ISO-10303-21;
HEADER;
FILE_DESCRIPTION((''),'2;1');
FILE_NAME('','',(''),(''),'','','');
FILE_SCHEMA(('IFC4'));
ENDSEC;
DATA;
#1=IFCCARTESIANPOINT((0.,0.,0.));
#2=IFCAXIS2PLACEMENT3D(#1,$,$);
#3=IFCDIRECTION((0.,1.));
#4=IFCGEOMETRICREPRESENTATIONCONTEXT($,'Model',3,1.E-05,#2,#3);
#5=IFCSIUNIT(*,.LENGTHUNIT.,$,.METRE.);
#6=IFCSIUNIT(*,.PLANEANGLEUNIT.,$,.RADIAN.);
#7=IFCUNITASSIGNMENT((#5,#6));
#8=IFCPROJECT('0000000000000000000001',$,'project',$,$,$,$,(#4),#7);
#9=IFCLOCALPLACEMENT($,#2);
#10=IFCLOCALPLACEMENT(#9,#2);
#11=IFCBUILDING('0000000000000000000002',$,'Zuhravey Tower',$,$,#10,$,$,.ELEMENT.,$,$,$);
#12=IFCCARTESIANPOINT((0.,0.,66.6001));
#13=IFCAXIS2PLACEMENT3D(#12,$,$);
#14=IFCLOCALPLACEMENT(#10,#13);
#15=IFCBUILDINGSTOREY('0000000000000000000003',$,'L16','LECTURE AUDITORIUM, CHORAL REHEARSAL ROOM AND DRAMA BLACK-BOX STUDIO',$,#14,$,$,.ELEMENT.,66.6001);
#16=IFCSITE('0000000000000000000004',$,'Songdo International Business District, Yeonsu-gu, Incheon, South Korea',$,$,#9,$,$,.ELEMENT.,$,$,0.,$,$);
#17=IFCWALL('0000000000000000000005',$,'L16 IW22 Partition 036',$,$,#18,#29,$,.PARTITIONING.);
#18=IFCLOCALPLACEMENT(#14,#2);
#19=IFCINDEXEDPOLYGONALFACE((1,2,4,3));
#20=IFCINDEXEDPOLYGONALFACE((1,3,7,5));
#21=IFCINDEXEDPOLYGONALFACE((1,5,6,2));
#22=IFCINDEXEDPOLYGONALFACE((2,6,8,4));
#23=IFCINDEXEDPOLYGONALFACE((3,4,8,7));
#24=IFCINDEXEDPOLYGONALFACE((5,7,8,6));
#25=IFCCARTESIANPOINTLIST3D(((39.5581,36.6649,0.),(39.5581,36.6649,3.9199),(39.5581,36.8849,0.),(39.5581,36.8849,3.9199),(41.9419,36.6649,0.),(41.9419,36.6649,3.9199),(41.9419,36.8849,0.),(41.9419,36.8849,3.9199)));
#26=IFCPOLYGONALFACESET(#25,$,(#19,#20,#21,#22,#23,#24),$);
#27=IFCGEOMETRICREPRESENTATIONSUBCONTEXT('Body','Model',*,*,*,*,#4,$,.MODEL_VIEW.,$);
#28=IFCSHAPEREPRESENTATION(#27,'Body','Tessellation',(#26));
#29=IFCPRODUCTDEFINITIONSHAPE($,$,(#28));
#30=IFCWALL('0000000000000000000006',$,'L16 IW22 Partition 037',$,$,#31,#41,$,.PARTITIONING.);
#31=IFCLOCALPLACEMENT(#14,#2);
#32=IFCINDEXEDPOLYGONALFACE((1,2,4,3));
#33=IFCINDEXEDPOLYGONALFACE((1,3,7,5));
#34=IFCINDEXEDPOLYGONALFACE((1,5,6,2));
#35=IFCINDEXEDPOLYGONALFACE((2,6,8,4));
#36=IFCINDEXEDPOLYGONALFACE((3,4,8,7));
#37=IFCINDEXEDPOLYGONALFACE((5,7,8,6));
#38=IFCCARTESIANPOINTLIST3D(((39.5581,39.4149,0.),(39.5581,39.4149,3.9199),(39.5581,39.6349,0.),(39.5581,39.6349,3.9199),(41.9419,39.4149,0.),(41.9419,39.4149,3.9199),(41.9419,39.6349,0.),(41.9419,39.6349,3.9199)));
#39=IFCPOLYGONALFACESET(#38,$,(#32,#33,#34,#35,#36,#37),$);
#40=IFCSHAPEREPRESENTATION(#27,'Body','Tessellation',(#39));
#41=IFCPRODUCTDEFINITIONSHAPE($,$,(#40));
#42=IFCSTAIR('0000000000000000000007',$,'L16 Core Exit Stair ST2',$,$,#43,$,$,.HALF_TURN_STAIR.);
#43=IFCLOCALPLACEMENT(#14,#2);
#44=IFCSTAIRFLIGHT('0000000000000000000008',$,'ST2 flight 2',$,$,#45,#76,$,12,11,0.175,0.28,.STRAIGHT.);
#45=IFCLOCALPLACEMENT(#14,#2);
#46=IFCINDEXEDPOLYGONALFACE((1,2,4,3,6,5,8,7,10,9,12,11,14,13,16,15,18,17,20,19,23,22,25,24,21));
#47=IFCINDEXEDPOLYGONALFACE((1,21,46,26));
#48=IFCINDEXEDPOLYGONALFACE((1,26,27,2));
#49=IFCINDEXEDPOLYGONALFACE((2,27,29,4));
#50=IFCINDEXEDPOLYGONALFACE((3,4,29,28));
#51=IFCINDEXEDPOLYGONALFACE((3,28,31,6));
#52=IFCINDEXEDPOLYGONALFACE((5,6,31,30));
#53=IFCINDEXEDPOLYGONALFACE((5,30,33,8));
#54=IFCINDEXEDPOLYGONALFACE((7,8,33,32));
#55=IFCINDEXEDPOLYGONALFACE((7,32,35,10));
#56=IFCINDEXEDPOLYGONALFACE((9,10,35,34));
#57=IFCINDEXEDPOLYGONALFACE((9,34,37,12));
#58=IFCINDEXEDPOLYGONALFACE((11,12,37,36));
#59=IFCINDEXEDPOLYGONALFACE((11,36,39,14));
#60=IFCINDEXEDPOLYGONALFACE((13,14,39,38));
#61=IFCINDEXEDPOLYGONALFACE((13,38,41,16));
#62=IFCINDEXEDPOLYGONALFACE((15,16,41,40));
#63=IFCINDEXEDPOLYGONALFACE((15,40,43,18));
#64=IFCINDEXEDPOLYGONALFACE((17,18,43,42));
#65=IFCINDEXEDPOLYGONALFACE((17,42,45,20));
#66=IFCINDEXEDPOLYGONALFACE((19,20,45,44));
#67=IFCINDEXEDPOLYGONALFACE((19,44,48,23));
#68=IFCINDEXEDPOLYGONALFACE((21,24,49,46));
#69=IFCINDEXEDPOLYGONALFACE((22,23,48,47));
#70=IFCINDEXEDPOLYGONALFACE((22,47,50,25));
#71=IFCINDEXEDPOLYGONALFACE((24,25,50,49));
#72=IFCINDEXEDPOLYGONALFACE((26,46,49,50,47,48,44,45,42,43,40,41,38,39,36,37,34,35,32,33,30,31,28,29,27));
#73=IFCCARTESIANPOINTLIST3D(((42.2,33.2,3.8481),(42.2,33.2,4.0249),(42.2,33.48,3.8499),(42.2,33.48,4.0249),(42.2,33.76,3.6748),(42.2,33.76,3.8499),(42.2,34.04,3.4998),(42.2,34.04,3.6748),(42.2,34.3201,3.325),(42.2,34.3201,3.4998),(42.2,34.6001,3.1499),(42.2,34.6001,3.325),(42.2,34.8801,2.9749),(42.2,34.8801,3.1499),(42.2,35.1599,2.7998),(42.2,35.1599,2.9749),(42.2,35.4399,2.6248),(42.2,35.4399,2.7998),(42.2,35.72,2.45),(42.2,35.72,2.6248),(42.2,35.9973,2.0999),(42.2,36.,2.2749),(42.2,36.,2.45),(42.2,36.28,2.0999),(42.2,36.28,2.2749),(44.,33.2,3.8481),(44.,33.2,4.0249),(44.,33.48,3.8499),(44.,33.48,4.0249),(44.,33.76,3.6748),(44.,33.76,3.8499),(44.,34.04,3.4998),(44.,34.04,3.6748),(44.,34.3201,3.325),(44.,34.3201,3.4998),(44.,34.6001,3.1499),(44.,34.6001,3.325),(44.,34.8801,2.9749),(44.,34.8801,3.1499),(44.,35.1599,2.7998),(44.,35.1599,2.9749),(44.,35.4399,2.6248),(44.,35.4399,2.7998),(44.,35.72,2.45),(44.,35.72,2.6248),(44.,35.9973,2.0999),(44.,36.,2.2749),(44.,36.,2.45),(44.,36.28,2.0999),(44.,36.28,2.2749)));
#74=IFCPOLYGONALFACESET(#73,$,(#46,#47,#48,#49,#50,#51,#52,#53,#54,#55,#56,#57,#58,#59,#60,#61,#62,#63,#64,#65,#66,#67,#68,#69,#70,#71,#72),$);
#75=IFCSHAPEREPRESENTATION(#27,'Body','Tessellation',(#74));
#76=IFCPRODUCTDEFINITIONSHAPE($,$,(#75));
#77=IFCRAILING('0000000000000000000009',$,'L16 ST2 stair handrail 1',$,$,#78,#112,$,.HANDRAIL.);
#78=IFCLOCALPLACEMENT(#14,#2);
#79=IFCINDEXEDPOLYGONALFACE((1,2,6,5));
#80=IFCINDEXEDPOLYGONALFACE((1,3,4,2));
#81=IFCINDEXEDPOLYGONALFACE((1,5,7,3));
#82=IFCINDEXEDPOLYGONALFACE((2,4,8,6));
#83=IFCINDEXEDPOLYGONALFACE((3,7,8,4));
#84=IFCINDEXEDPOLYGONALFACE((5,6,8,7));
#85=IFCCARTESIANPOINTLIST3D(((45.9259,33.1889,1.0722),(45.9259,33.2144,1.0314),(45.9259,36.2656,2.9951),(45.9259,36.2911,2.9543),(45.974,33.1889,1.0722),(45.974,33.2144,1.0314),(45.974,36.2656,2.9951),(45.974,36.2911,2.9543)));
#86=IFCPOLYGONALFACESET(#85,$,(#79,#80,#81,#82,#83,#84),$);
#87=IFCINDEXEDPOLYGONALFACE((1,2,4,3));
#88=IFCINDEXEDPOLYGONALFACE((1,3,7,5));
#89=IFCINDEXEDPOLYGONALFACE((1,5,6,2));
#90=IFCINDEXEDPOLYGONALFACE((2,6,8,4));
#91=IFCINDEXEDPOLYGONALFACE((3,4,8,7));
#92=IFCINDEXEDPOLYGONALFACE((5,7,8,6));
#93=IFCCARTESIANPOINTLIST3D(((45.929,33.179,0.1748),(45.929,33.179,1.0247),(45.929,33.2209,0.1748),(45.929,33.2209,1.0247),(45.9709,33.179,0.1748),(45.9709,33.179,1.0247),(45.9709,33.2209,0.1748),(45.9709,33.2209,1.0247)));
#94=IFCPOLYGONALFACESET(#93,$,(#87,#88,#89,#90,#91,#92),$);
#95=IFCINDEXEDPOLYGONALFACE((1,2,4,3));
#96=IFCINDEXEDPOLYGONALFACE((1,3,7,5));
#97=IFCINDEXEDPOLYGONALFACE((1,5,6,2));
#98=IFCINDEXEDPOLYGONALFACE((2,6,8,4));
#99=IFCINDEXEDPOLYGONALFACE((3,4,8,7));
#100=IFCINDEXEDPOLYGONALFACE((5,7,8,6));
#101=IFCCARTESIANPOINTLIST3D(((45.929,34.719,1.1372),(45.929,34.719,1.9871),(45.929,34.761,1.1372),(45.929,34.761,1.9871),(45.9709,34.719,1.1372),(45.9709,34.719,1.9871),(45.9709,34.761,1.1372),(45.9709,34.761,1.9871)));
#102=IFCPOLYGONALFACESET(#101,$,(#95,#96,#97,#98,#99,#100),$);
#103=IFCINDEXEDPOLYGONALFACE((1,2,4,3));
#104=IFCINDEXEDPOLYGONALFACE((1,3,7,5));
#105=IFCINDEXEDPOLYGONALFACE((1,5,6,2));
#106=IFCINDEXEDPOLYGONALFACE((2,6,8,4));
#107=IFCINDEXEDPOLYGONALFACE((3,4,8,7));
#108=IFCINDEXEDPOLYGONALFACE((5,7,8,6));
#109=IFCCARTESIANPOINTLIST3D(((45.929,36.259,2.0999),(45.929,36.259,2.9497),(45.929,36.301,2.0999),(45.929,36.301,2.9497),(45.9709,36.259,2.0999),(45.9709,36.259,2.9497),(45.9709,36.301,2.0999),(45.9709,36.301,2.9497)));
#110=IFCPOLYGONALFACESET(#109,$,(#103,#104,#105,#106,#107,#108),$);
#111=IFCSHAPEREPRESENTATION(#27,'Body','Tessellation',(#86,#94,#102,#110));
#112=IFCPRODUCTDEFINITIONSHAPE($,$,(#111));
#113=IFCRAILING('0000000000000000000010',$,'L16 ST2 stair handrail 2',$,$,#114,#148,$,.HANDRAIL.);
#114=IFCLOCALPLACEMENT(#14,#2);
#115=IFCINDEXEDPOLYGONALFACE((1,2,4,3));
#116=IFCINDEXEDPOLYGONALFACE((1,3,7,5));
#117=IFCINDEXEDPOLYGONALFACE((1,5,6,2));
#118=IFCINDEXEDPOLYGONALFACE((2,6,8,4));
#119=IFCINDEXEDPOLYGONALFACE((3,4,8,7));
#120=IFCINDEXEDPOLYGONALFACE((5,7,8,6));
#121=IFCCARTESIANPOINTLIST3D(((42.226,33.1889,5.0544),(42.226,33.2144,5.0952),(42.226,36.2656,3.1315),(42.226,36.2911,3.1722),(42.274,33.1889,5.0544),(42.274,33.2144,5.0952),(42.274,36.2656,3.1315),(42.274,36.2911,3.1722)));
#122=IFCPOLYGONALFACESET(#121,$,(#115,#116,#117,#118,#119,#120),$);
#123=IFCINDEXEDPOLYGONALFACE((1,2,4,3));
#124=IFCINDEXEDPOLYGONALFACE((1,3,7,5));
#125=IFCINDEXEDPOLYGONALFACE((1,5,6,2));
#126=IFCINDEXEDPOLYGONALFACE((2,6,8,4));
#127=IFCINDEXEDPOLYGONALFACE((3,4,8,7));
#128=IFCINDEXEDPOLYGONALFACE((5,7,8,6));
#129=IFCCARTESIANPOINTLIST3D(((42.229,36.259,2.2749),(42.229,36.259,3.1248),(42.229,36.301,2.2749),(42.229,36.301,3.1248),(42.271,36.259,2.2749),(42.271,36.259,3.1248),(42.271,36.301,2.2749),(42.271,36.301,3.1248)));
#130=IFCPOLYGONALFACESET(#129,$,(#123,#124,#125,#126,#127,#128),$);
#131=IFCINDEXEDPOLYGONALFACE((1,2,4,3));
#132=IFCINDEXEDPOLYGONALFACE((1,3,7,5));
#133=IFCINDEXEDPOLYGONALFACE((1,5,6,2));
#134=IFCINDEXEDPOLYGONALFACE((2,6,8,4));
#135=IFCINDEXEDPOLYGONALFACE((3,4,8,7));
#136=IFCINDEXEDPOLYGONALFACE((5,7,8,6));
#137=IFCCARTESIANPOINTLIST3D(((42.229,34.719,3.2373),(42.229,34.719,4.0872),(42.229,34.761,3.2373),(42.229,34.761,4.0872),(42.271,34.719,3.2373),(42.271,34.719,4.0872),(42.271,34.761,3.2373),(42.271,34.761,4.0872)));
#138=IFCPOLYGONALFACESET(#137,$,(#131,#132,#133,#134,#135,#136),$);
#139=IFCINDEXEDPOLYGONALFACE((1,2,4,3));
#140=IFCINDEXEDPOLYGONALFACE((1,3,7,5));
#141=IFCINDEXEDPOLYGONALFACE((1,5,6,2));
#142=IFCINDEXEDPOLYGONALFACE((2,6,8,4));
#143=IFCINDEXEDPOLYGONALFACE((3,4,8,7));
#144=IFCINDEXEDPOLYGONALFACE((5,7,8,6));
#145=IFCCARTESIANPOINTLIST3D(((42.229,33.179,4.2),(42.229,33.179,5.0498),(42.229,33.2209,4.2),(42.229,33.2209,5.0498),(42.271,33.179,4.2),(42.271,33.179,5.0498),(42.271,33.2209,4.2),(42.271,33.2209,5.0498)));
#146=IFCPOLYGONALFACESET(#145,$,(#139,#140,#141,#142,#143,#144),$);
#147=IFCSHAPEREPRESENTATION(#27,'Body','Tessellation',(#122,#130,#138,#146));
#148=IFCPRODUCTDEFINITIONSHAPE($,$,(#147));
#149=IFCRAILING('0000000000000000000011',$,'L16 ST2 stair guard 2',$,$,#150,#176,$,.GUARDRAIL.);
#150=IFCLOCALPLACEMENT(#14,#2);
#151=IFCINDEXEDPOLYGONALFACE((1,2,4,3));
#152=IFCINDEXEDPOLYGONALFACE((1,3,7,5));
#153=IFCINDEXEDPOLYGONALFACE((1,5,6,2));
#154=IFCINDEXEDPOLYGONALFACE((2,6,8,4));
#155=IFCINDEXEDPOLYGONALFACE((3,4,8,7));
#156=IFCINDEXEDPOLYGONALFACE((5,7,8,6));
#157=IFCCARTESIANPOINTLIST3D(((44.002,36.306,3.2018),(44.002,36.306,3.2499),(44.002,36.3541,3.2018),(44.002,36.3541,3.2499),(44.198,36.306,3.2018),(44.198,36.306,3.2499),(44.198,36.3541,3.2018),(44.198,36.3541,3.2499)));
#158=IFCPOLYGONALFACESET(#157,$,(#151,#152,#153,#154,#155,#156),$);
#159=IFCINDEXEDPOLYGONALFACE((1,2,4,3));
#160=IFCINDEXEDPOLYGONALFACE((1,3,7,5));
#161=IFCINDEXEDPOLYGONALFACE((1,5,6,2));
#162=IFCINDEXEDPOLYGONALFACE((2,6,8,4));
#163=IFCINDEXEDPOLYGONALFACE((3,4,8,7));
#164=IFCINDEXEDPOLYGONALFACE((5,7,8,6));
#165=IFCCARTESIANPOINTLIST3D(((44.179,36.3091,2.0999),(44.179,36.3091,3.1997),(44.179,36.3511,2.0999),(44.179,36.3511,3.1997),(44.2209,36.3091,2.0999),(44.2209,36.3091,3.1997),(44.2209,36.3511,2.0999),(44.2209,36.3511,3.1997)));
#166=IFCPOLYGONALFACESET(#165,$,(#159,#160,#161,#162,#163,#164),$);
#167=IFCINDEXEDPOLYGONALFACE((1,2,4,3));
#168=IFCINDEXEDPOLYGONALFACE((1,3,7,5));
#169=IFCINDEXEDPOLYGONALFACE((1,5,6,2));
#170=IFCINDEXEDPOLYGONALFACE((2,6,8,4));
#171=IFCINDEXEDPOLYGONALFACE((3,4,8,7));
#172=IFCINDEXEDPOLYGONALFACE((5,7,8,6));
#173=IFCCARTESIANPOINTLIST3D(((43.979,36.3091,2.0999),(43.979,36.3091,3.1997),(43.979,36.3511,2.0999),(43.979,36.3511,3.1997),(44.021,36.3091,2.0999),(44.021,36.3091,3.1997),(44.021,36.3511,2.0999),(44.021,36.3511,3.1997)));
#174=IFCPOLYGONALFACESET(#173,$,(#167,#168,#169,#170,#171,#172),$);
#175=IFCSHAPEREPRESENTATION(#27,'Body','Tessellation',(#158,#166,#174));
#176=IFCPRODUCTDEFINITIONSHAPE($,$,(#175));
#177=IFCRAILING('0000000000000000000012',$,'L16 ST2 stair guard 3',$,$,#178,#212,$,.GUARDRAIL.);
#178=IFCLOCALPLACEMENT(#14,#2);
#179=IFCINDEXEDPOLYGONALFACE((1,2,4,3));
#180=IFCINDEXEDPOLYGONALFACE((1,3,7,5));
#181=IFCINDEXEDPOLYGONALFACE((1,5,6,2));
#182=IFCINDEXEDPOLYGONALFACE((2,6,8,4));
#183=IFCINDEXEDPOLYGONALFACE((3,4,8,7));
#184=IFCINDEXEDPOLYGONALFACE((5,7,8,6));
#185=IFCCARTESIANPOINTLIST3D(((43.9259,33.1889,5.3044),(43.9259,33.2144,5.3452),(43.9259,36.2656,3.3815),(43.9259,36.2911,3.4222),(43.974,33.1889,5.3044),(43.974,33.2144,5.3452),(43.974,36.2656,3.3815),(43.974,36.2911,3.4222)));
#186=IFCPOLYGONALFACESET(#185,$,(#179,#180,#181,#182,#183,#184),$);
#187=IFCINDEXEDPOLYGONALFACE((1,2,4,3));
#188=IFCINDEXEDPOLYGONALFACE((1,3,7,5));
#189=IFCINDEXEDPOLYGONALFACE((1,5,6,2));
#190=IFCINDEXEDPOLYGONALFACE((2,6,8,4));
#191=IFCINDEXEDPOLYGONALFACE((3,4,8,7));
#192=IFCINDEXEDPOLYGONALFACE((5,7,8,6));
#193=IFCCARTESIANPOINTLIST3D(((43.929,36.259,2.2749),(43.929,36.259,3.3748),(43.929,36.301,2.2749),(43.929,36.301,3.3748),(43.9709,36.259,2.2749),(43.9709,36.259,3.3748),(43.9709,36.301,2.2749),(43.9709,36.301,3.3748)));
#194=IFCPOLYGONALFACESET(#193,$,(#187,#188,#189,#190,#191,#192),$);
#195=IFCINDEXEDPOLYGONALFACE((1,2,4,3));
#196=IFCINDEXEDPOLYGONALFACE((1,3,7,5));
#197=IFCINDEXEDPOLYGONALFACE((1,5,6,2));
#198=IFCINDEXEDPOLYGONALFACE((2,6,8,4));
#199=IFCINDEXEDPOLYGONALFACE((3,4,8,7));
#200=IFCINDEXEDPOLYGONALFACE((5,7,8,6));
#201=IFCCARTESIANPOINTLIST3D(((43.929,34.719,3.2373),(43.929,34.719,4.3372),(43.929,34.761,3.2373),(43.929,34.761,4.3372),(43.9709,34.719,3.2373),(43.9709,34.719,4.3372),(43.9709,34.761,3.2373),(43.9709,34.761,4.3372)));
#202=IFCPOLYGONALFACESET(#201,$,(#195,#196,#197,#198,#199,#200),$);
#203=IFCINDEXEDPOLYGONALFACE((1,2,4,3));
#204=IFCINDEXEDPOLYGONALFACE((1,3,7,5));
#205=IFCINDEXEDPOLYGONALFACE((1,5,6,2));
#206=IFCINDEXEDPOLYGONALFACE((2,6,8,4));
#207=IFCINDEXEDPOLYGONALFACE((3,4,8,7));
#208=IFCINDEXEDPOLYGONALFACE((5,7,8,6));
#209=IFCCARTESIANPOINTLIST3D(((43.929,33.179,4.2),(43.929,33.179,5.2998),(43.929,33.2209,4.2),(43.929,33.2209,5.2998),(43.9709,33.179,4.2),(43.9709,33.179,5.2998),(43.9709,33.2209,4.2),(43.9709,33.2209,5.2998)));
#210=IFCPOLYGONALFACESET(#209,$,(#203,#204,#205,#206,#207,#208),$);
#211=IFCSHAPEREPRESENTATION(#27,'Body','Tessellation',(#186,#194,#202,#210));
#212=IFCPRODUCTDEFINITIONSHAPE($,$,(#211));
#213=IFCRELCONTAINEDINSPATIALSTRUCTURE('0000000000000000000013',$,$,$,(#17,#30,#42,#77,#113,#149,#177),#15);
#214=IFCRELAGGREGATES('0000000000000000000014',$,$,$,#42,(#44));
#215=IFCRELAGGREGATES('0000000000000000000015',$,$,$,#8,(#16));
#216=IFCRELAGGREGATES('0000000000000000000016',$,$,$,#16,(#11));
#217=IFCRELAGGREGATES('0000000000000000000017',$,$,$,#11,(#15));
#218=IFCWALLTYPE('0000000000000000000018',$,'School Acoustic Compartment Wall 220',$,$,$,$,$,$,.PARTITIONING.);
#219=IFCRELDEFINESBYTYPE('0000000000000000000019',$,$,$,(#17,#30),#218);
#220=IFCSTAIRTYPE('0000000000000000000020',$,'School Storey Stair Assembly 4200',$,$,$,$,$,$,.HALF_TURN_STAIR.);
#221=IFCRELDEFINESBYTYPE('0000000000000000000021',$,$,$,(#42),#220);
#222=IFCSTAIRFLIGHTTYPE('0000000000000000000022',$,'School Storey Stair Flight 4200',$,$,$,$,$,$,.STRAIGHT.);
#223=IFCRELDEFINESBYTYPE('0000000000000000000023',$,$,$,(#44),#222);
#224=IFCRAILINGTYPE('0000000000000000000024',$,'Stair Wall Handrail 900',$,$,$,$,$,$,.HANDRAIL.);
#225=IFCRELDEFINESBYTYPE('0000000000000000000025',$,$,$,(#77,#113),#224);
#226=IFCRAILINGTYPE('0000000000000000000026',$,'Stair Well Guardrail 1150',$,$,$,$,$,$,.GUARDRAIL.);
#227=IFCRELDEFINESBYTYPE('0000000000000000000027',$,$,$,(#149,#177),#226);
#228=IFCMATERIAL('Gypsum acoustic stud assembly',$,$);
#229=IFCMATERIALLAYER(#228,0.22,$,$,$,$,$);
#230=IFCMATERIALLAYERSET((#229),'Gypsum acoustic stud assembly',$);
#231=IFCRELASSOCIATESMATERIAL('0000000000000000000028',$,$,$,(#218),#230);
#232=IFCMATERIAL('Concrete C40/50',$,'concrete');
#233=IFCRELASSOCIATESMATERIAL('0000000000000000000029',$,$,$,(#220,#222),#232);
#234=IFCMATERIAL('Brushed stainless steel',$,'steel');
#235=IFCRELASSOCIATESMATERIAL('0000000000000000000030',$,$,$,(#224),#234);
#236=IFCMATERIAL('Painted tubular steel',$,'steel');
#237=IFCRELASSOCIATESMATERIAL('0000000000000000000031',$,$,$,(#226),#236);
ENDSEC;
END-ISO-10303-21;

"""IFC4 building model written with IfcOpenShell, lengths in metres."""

from ifc_helpers import new_model, si_unit, direction, frame, frame_2d, origin, origin_2d, place, context, subcontext, project, spatial, polyline, rectangle, outline, extrude, material, layer, layer_set, type_object, element, aggregate, save


model = new_model("IFC4")

# Units and contexts
model_context = context("Model", 3, precision=1e-05, world=origin(), true_north=direction((0.0, 1.0)))
body_context = subcontext(model_context, "Body", "Model", "MODEL_VIEW")
ifc_project = project(units=[si_unit("LENGTHUNIT", "METRE"), si_unit("PLANEANGLEUNIT", "RADIAN")], contexts=[model_context])

# Site, building, storey
site_placement = place(None, origin())
site = spatial("IfcSite", under=ifc_project, at=site_placement, Name="Songdo International Business District, Yeonsu-gu, Incheon, South Korea", CompositionType="ELEMENT", RefElevation=0.0)
building_placement = place(site_placement, origin())
building = spatial("IfcBuilding", under=site, at=building_placement, Name="Zuhravey Tower", CompositionType="ELEMENT")
storey_placement = place(building_placement, frame((0.0, 0.0, 66.6001)))
storey = spatial("IfcBuildingStorey", under=building, at=storey_placement, Name="L16", Description="LECTURE AUDITORIUM, CHORAL REHEARSAL ROOM AND DRAMA BLACK-BOX STUDIO", CompositionType="ELEMENT", Elevation=66.6001)

# Walls
ifc_material_1 = material(Name="Gypsum acoustic stud assembly")
ifc_layer_1 = layer(ifc_material_1, 0.22)
ifc_layer_set_1 = layer_set([ifc_layer_1], Name="Gypsum acoustic stud assembly")
wall_type_1 = type_object("IfcWallType", Name="School Acoustic Compartment Wall 220", PredefinedType="PARTITIONING", material=ifc_layer_set_1)
for number, where, z_axis, x_axis, name in (
    (1, (39.5581, 36.7749, 0.0), (0.0, 0.0, 1.0), (1.0, 0.0, 0.0), "L16 IW22 Partition 036"),
    (2, (39.5581, 39.5249, 0.0), (0.0, 0.0, 1.0), (1.0, 0.0, 0.0), "L16 IW22 Partition 037"),
):
    element("IfcWall", number, at=place(storey_placement, frame(where, z_axis=z_axis, x_axis=x_axis)), inside=storey, type_object=wall_type_1, Name=name, PredefinedType="PARTITIONING", context=body_context, shape_type="SweptSolid", body=[
        extrude(rectangle(XDim=2.3838, YDim=0.22, at=frame_2d((1.1919, 0.0))), origin(), (0.0, 0.0, 1.0), 3.9199),
    ])

# Stair, stair flight
ifc_material_2 = material(Name="Concrete C40/50", Category="concrete")
stair_type = type_object("IfcStairType", Name="School Storey Stair Assembly 4200", PredefinedType="HALF_TURN_STAIR", material=ifc_material_2)
stair_placement = place(storey_placement, origin())
stair = element("IfcStair", 3, at=stair_placement, inside=storey, type_object=stair_type, Name="L16 Core Exit Stair ST2", PredefinedType="HALF_TURN_STAIR")
stair_flight_type = type_object("IfcStairFlightType", Name="School Storey Stair Flight 4200", PredefinedType="STRAIGHT", material=ifc_material_2)
stair_flight_placement = place(storey_placement, frame((43.1001, 36.28, 2.0999), z_axis=(0.0, 0.0, 1.0), x_axis=(0.0, -1.0, 0.0)))
stair_flight = element("IfcStairFlight", 4, at=stair_flight_placement, type_object=stair_flight_type, Name="ST2 flight 2", NumberOfRisers=12, NumberOfTreads=11, PredefinedType="STRAIGHT", RiserHeight=0.175, TreadLength=0.28, context=body_context, shape_type="SweptSolid", body=[
    extrude(outline(polyline([(0.0, 0.0), (0.0, 0.175), (0.28, 0.175), (0.28, 0.3501), (0.5601, 0.3501), (0.5601, 0.5249), (0.8401, 0.5249), (0.8401, 0.7), (1.1201, 0.7), (1.1201, 0.875), (1.3999, 0.875), (1.3999, 1.05), (1.6799, 1.05), (1.6799, 1.2251), (1.96, 1.2251), (1.96, 1.3999), (2.24, 1.3999), (2.24, 1.575), (2.52, 1.575), (2.52, 1.75), (2.8, 1.75), (2.8, 1.925), (3.0801, 1.925), (3.0801, 2.1001), (3.0801, 1.7483), (0.2827, 0.0), (0.0, 0.0)])), frame((0.0, 0.8999, 0.0), z_axis=(0.0, -1.0, 0.0), x_axis=(1.0, 0.0, 0.0)), (0.0, 0.0, 1.0), 1.8),
])
aggregate(stair, [stair_flight])

# Railings
ifc_material_3 = material(Name="Brushed stainless steel", Category="steel")
railing_type_1 = type_object("IfcRailingType", Name="Stair Wall Handrail 900", PredefinedType="HANDRAIL", material=ifc_material_3)
railing_1_placement = place(storey_placement, frame((45.95, 33.2, 0.1748)))
element("IfcRailing", 5, at=railing_1_placement, inside=storey, type_object=railing_type_1, Name="L16 ST2 stair handrail 1", PredefinedType="HANDRAIL", context=body_context, shape_type="SweptSolid", body=[
    extrude(rectangle(XDim=0.0481, YDim=0.0481, at=origin_2d()), frame((0.0, 0.0017, 0.877), z_axis=(0.0, 0.847998, 0.529999), x_axis=(-1.0, 0.0, 0.0)), (0.0, 0.0, 1.0), 3.6282),
    extrude(rectangle(XDim=0.042, YDim=0.042, at=origin_2d()), origin(), (0.0, 0.0, 1.0), 0.8499),
    extrude(rectangle(XDim=0.042, YDim=0.042, at=origin_2d()), frame((0.0, 1.54, 0.9624)), (0.0, 0.0, 1.0), 0.8499),
    extrude(rectangle(XDim=0.042, YDim=0.042, at=origin_2d()), frame((0.0, 3.0801, 1.925)), (0.0, 0.0, 1.0), 0.8499),
])
railing_2_placement = place(storey_placement, frame((42.25, 36.28, 2.2749)))
element("IfcRailing", 6, at=railing_2_placement, inside=storey, type_object=railing_type_1, Name="L16 ST2 stair handrail 2", PredefinedType="HANDRAIL", context=body_context, shape_type="SweptSolid", body=[
    extrude(rectangle(XDim=0.0481, YDim=0.0481, at=origin_2d()), frame((0.0, -0.0017, 0.877), z_axis=(0.0, -0.847998, 0.529999), x_axis=(1.0, 0.0, 0.0)), (0.0, 0.0, 1.0), 3.6282),
    extrude(rectangle(XDim=0.042, YDim=0.042, at=origin_2d()), origin(), (0.0, 0.0, 1.0), 0.8499),
    extrude(rectangle(XDim=0.042, YDim=0.042, at=origin_2d()), frame((0.0, -1.54, 0.9624)), (0.0, 0.0, 1.0), 0.8499),
    extrude(rectangle(XDim=0.042, YDim=0.042, at=origin_2d()), frame((0.0, -3.0801, 1.925)), (0.0, 0.0, 1.0), 0.8499),
])
ifc_material_4 = material(Name="Painted tubular steel", Category="steel")
railing_type_2 = type_object("IfcRailingType", Name="Stair Well Guardrail 1150", PredefinedType="GUARDRAIL", material=ifc_material_4)
railing_3_placement = place(storey_placement, frame((44.2, 36.3301, 2.0999)))
element("IfcRailing", 7, at=railing_3_placement, inside=storey, type_object=railing_type_2, Name="L16 ST2 stair guard 2", PredefinedType="GUARDRAIL", context=body_context, shape_type="SweptSolid", body=[
    extrude(rectangle(XDim=0.0481, YDim=0.0481, at=origin_2d()), frame((-0.002, 0.0, 1.126), z_axis=(-1.0, 0.0, 0.0), x_axis=(0.0, -1.0, 0.0)), (0.0, 0.0, 1.0), 0.196),
    extrude(rectangle(XDim=0.042, YDim=0.042, at=origin_2d()), origin(), (0.0, 0.0, 1.0), 1.0999),
    extrude(rectangle(XDim=0.042, YDim=0.042, at=origin_2d()), frame((-0.2, 0.0, 0.0)), (0.0, 0.0, 1.0), 1.0999),
])
railing_4_placement = place(storey_placement, frame((43.95, 36.28, 2.2749)))
element("IfcRailing", 8, at=railing_4_placement, inside=storey, type_object=railing_type_2, Name="L16 ST2 stair guard 3", PredefinedType="GUARDRAIL", context=body_context, shape_type="SweptSolid", body=[
    extrude(rectangle(XDim=0.0481, YDim=0.0481, at=origin_2d()), frame((0.0, -0.0017, 1.127), z_axis=(0.0, -0.847998, 0.529999), x_axis=(1.0, 0.0, 0.0)), (0.0, 0.0, 1.0), 3.6282),
    extrude(rectangle(XDim=0.042, YDim=0.042, at=origin_2d()), origin(), (0.0, 0.0, 1.0), 1.0999),
    extrude(rectangle(XDim=0.042, YDim=0.042, at=origin_2d()), frame((0.0, -1.54, 0.9624)), (0.0, 0.0, 1.0), 1.0999),
    extrude(rectangle(XDim=0.042, YDim=0.042, at=origin_2d()), frame((0.0, -3.0801, 1.925)), (0.0, 0.0, 1.0), 1.0999),
])

save(model, "model.ifc")
